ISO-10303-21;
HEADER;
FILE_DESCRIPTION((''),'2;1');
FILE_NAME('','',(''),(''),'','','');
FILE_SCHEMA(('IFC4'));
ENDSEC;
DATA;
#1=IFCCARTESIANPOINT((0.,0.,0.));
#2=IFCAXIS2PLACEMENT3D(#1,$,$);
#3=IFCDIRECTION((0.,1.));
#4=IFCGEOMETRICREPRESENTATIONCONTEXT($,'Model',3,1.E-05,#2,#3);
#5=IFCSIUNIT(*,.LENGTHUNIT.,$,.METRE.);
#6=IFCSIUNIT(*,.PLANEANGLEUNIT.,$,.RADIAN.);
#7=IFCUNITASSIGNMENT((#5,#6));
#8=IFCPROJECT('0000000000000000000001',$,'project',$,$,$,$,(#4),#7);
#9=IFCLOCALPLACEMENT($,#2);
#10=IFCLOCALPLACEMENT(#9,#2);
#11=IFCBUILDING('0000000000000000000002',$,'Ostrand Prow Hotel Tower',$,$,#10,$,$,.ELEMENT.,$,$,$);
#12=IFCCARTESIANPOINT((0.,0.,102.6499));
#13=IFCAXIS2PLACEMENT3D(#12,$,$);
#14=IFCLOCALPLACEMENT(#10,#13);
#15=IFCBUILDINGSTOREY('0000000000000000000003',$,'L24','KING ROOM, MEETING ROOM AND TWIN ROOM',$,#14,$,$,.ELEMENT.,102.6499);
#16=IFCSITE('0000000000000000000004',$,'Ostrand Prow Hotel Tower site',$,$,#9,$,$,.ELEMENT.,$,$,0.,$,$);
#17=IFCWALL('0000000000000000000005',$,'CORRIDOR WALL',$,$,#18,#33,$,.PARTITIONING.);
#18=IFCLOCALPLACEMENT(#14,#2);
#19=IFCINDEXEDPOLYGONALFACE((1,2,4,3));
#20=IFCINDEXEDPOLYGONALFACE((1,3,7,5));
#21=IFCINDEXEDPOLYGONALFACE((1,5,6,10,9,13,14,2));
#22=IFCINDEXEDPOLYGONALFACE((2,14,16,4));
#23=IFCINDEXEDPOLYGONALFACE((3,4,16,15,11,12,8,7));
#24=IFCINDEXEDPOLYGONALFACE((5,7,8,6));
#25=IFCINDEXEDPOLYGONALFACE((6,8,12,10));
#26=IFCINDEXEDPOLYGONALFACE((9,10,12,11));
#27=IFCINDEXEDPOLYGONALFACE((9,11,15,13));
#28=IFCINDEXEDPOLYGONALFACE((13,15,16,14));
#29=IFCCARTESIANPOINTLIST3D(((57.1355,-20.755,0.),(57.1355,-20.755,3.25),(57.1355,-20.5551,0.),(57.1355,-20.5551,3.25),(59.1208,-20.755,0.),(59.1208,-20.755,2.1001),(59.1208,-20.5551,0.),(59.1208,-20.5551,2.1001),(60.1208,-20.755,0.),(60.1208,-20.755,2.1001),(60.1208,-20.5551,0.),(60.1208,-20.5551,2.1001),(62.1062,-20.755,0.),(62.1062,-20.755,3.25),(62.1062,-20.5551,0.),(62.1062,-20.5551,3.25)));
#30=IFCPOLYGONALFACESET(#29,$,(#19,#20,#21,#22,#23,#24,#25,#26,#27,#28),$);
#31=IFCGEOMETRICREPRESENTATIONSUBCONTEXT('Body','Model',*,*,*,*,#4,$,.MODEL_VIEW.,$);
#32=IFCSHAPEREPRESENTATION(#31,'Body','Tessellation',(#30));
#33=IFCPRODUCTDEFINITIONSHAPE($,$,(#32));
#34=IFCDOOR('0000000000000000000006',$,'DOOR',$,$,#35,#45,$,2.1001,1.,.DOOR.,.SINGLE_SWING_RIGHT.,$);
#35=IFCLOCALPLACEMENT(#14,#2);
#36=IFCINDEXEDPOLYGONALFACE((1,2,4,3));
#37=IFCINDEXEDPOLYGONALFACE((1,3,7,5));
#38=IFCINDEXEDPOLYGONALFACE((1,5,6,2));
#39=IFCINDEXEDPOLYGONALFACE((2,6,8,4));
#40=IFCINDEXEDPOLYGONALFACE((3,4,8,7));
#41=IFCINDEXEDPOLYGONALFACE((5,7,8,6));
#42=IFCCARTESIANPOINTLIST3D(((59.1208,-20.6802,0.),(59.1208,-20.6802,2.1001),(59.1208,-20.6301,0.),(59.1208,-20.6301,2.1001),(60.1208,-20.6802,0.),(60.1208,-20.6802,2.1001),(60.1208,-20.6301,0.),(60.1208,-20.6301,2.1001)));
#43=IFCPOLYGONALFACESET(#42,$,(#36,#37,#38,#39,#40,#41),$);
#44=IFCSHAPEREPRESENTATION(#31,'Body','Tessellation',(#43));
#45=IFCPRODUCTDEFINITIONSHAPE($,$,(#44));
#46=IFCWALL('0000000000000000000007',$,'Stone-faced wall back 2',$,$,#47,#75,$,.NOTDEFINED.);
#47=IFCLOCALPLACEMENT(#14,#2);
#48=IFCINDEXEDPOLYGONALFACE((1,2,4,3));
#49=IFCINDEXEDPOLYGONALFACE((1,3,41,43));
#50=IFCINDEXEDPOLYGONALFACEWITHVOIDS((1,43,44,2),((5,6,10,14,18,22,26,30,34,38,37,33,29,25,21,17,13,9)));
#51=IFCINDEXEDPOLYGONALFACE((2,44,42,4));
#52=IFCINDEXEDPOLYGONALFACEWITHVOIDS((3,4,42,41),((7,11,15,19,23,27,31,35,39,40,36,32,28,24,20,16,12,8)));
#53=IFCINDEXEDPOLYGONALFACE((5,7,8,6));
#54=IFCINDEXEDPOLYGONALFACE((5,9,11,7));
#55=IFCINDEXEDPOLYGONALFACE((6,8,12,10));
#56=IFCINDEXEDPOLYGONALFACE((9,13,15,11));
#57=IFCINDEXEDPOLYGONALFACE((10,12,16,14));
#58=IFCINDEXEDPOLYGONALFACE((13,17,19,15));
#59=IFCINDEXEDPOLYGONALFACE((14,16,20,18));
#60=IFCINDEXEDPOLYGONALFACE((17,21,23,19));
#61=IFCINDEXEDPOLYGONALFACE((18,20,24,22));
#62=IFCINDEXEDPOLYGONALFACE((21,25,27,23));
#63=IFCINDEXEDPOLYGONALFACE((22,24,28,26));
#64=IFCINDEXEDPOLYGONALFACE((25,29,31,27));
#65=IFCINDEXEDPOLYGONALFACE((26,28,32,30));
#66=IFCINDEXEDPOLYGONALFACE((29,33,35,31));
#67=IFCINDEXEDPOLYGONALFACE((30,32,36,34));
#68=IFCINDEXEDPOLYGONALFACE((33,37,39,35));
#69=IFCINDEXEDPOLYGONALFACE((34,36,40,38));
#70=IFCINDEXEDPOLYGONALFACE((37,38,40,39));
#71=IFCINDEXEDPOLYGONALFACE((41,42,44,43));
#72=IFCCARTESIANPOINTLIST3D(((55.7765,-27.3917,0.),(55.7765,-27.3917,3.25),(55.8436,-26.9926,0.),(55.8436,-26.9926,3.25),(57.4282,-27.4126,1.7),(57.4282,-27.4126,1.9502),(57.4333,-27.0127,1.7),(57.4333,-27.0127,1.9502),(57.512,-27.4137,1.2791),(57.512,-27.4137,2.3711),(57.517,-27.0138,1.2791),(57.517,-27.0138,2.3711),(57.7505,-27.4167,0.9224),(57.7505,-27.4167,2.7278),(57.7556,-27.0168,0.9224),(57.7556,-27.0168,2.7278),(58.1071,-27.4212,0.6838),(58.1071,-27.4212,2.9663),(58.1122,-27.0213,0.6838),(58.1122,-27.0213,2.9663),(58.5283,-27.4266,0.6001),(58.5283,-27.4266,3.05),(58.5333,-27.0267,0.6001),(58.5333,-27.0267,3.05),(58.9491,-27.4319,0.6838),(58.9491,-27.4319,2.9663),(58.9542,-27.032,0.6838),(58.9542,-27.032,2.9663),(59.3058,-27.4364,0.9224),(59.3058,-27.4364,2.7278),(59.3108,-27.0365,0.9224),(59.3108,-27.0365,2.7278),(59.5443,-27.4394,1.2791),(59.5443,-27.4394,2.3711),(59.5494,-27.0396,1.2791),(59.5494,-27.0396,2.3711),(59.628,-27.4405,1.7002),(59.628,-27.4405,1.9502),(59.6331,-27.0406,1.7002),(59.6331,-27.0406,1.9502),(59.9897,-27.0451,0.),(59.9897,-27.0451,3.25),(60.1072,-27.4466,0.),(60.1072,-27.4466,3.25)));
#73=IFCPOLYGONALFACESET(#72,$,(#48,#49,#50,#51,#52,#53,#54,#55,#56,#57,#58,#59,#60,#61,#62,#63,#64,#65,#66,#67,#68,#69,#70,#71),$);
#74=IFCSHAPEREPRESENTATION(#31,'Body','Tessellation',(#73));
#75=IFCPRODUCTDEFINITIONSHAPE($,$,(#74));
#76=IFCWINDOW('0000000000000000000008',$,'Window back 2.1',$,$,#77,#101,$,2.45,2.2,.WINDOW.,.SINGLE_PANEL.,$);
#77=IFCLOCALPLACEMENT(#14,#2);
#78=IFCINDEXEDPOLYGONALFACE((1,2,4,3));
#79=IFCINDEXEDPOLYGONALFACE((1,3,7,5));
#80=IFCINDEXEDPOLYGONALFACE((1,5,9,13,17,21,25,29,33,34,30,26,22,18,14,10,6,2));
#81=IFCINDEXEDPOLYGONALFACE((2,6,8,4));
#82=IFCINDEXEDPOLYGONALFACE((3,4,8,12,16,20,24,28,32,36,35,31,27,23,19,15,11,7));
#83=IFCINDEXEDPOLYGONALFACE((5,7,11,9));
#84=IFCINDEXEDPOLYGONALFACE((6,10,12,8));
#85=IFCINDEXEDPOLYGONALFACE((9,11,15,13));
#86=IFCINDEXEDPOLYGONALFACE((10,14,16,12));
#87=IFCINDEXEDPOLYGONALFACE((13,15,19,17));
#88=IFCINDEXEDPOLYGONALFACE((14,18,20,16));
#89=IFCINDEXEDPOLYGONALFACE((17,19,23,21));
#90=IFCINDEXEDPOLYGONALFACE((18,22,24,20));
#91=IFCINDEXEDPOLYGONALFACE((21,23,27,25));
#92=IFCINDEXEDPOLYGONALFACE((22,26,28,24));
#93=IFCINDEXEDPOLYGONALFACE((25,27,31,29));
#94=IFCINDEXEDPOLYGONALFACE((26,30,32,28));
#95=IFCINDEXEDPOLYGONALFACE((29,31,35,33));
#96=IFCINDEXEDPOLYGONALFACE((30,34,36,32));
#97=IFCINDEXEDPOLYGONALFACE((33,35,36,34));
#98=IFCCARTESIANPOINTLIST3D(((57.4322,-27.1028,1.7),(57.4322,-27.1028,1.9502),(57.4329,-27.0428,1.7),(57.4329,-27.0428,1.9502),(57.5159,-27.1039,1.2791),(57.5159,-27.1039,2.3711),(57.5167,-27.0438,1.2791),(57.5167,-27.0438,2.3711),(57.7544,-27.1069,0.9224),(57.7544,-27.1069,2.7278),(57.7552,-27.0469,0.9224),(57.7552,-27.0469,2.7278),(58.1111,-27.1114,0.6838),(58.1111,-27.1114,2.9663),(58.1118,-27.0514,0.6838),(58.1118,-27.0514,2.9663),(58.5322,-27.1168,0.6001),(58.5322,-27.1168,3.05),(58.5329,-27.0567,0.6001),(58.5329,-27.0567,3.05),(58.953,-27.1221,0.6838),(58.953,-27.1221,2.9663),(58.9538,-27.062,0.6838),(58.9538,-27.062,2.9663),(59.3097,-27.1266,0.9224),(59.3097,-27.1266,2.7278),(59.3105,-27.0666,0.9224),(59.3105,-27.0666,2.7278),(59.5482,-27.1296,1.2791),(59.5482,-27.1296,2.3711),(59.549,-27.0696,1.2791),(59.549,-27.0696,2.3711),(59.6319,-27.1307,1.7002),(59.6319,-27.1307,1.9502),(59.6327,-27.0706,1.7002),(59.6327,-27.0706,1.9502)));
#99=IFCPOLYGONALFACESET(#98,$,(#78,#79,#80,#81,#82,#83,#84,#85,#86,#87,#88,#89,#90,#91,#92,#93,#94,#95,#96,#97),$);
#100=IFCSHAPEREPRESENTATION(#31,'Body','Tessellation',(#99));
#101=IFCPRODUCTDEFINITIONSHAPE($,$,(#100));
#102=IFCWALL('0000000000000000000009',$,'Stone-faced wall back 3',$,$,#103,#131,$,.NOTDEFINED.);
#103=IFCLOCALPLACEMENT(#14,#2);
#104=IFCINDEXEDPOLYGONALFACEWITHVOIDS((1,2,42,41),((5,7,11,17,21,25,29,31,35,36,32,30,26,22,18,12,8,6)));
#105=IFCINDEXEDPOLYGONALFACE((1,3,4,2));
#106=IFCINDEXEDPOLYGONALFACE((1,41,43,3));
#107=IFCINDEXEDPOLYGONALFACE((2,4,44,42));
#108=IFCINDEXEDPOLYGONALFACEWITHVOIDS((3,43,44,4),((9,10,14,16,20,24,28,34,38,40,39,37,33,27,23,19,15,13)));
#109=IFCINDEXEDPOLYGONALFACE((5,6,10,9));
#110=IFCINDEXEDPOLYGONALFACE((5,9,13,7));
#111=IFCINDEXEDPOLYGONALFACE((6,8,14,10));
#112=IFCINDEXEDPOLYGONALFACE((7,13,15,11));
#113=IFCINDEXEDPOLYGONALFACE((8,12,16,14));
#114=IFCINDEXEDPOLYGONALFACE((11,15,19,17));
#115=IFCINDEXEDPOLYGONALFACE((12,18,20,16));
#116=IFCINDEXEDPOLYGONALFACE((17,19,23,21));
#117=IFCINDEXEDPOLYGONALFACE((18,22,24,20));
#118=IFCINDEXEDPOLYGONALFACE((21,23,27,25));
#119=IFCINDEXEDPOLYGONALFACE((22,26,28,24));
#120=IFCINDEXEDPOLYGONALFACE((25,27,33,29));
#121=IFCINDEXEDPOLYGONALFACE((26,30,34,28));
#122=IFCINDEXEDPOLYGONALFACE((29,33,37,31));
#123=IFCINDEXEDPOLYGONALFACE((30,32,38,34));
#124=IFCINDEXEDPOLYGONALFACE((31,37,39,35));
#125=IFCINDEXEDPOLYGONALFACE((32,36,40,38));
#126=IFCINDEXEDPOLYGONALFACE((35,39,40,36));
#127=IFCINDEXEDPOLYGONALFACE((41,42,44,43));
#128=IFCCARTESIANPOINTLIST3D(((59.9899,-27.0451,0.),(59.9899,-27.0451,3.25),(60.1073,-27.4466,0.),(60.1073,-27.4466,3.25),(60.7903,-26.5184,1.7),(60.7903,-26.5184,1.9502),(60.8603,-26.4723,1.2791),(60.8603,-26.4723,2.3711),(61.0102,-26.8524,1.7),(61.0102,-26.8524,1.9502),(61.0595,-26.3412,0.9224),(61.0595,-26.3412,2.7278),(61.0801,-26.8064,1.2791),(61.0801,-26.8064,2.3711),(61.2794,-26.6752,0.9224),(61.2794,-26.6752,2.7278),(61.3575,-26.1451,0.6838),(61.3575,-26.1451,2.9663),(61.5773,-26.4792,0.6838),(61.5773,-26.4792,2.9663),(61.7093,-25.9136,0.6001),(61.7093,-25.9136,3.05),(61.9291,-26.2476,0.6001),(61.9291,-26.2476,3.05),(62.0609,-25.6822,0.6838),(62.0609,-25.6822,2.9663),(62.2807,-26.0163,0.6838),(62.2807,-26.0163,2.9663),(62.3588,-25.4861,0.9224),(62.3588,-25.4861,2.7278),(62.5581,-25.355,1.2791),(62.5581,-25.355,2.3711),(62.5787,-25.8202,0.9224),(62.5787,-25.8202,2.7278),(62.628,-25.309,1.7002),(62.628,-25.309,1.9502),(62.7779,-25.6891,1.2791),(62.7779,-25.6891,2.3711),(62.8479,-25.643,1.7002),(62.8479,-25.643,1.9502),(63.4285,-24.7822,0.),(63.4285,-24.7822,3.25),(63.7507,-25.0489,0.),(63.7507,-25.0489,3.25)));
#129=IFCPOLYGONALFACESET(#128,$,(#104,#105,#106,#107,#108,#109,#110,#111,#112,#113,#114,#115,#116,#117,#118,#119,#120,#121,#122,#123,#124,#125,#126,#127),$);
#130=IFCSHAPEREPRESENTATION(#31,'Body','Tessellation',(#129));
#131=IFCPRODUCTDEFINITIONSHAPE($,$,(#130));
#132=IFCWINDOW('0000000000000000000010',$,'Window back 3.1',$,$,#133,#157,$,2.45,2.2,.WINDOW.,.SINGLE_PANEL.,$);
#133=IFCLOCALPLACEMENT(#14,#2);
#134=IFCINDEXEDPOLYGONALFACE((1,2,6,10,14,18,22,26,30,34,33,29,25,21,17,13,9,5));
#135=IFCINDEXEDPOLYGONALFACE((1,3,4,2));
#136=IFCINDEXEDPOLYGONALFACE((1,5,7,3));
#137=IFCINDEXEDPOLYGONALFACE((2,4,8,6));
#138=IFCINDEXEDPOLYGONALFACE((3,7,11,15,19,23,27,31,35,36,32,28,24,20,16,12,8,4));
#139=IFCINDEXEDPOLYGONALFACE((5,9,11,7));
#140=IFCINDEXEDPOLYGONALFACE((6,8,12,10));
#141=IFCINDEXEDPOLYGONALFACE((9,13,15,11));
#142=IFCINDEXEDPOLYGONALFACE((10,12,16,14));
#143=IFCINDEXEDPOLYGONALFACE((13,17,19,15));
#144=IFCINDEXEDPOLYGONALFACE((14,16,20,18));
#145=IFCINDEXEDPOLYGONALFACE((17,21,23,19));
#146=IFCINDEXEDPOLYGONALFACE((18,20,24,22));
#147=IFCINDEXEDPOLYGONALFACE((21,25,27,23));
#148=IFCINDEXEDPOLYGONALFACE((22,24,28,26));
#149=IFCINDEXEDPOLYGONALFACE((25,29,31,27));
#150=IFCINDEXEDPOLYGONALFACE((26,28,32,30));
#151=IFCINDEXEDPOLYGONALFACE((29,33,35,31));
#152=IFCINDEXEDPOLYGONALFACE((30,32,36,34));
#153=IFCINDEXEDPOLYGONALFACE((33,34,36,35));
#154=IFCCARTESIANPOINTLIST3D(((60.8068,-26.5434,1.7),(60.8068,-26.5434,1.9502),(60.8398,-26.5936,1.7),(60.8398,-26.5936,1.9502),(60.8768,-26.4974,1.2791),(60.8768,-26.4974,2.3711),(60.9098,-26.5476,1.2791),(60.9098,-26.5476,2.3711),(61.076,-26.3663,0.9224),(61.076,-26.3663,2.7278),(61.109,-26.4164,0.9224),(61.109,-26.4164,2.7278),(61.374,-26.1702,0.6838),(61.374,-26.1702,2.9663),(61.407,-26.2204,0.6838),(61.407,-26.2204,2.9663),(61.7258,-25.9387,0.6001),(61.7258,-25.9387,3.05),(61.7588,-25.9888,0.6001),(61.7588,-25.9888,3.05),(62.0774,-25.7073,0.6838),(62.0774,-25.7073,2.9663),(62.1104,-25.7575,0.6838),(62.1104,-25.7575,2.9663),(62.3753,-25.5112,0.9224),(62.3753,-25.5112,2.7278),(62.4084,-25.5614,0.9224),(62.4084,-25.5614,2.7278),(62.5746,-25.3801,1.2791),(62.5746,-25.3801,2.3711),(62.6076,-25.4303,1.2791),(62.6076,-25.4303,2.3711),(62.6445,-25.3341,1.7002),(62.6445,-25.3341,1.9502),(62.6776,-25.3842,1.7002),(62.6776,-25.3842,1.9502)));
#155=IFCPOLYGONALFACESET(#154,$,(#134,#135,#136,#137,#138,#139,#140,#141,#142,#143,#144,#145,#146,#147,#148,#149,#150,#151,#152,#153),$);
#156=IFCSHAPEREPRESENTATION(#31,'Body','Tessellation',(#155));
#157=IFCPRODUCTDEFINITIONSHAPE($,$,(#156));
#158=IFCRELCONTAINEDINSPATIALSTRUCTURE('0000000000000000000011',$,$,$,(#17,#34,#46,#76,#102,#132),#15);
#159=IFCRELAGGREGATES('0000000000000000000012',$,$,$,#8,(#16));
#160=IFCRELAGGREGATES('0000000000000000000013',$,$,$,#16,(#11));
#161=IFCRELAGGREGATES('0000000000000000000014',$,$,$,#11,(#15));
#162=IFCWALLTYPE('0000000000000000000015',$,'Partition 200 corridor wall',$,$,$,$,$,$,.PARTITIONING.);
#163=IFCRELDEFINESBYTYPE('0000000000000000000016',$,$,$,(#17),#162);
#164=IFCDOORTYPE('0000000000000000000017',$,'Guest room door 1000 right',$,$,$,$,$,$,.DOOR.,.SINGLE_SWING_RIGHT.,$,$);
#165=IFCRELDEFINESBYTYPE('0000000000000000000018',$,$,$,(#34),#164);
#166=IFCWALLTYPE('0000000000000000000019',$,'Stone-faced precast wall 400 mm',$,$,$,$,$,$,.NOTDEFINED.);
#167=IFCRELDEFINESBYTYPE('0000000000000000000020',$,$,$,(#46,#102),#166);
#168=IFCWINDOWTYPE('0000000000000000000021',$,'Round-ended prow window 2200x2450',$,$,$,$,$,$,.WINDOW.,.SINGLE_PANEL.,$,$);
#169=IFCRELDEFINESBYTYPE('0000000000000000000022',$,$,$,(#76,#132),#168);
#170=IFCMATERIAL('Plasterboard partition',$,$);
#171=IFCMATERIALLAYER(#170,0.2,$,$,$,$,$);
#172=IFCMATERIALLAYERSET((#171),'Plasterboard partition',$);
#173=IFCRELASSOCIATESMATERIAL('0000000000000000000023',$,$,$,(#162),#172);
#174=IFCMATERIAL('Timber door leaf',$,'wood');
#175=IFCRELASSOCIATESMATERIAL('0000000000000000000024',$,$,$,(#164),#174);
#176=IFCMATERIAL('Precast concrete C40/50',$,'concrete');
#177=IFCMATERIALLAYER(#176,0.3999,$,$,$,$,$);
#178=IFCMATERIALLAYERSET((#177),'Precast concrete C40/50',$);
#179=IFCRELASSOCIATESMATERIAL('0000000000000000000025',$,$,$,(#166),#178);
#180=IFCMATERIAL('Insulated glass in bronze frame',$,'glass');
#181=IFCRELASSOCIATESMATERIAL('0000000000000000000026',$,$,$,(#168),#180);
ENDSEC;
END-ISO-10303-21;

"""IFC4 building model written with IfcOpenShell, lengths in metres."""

from ifc_helpers import new_model, si_unit, direction, frame, frame_2d, origin, place, context, subcontext, project, spatial, polyline, rectangle, outline, extrude, material, layer, layer_set, type_object, element, fill, save


model = new_model("IFC4")

# Units and contexts
model_context = context("Model", 3, precision=1e-05, world=origin(), true_north=direction((0.0, 1.0)))
body_context = subcontext(model_context, "Body", "Model", "MODEL_VIEW")
ifc_project = project(units=[si_unit("LENGTHUNIT", "METRE"), si_unit("PLANEANGLEUNIT", "RADIAN")], contexts=[model_context])

# Site, building, storey
site_placement = place(None, origin())
site = spatial("IfcSite", under=ifc_project, at=site_placement, Name="Ostrand Prow Hotel Tower site", CompositionType="ELEMENT", RefElevation=0.0)
building_placement = place(site_placement, origin())
building = spatial("IfcBuilding", under=site, at=building_placement, Name="Ostrand Prow Hotel Tower", CompositionType="ELEMENT")
storey_placement = place(building_placement, frame((0.0, 0.0, 102.6499)))
storey = spatial("IfcBuildingStorey", under=building, at=storey_placement, Name="L24", Description="KING ROOM, MEETING ROOM AND TWIN ROOM", CompositionType="ELEMENT", Elevation=102.6499)

# Wall, opening, door
ifc_material_1 = material(Name="Plasterboard partition")
ifc_layer_1 = layer(ifc_material_1, 0.2)
ifc_layer_set_1 = layer_set([ifc_layer_1], Name="Plasterboard partition")
wall_type_1 = type_object("IfcWallType", Name="Partition 200 corridor wall", PredefinedType="PARTITIONING", material=ifc_layer_set_1)
wall_1_placement = place(storey_placement, frame((57.1355, -20.655, 0.0), z_axis=(0.0, 0.0, 1.0), x_axis=(1.0, 0.0, 0.0)))
wall_1 = element("IfcWall", 1, at=wall_1_placement, inside=storey, type_object=wall_type_1, Name="CORRIDOR WALL", PredefinedType="PARTITIONING", context=body_context, shape_type="SweptSolid", body=[
    extrude(rectangle(XDim=4.9707, YDim=0.2, at=frame_2d((2.4854, 0.0))), origin(), (0.0, 0.0, 1.0), 3.25),
])
opening_1_placement = place(wall_1_placement, frame((1.9854, 0.0, 0.0)))
opening_1 = element("IfcOpeningElement", 2, at=opening_1_placement, cuts=wall_1, PredefinedType="OPENING", context=body_context, shape_type="SweptSolid", body=[
    extrude(rectangle(XDim=1.0, YDim=2.1001, at=frame_2d((0.5, 1.05))), frame((0.0, 0.1099, 0.0), z_axis=(0.0, -1.0, 0.0), x_axis=(1.0, 0.0, 0.0)), (0.0, 0.0, 1.0), 0.22),
])
ifc_material_2 = material(Name="Timber door leaf", Category="wood")
door_type_1 = type_object("IfcDoorType", Name="Guest room door 1000 right", OperationType="SINGLE_SWING_RIGHT", PredefinedType="DOOR", material=ifc_material_2)
door_1_placement = place(opening_1_placement, origin())
door_1 = element("IfcDoor", 3, at=door_1_placement, inside=storey, type_object=door_type_1, Name="DOOR", OperationType="SINGLE_SWING_RIGHT", OverallHeight=2.1001, OverallWidth=1.0, PredefinedType="DOOR", context=body_context, shape_type="SweptSolid", body=[
    extrude(rectangle(XDim=1.0, YDim=2.1001, at=frame_2d((0.5, 1.05))), frame((0.0, 0.0249, 0.0), z_axis=(0.0, -1.0, 0.0), x_axis=(1.0, 0.0, 0.0)), (0.0, 0.0, 1.0), 0.05),
])
fill(opening_1, door_1)

# Walls, openings, windows
ifc_material_3 = material(Name="Precast concrete C40/50", Category="concrete")
ifc_layer_2 = layer(ifc_material_3, 0.3999)
ifc_layer_set_2 = layer_set([ifc_layer_2], Name="Precast concrete C40/50")
wall_type_2 = type_object("IfcWallType", Name="Stone-faced precast wall 400 mm", PredefinedType="NOTDEFINED", material=ifc_layer_set_2)
wall_2_placement = place(storey_placement, frame((55.8101, -27.1921, 0.0), z_axis=(0.0, 0.0, 1.0), x_axis=(0.99992, -0.012671, 0.0)))
wall_2 = element("IfcWall", 4, at=wall_2_placement, inside=storey, type_object=wall_type_2, Name="Stone-faced wall back 2", PredefinedType="NOTDEFINED", context=body_context, shape_type="SweptSolid", body=[
    extrude(outline(polyline([(-0.031, -0.2), (4.3, -0.2), (4.1775, 0.2), (0.031, 0.2), (-0.031, -0.2)])), origin(), (0.0, 0.0, 1.0), 3.25),
])
opening_2_placement = place(wall_2_placement, frame((1.6208, 0.0, 0.6001)))
opening_2 = element("IfcOpeningElement", 5, at=opening_2_placement, cuts=wall_2, PredefinedType="OPENING", context=body_context, shape_type="SweptSolid", body=[
    extrude(outline(polyline([(0.0, 1.3501), (0.0837, 1.771), (0.3223, 2.1277), (0.679, 2.3662), (1.1001, 2.45), (1.521, 2.3662), (1.8777, 2.1277), (2.1162, 1.771), (2.2, 1.3501), (2.2, 1.1001), (2.1162, 0.679), (1.8777, 0.3223), (1.521, 0.0837), (1.1001, 0.0), (0.679, 0.0837), (0.3223, 0.3223), (0.0837, 0.679), (0.0, 1.0999), (0.0, 1.3501)])), frame((0.0, 0.21, 0.0), z_axis=(0.0, -1.0, 0.0), x_axis=(1.0, 0.0, 0.0)), (0.0, 0.0, 1.0), 0.4199),
])
ifc_material_4 = material(Name="Insulated glass in bronze frame", Category="glass")
window_type_1 = type_object("IfcWindowType", Name="Round-ended prow window 2200x2450", PartitioningType="SINGLE_PANEL", PredefinedType="WINDOW", material=ifc_material_4)
window_1_placement = place(opening_2_placement, origin())
window_1 = element("IfcWindow", 6, at=window_1_placement, inside=storey, type_object=window_type_1, Name="Window back 2.1", OverallHeight=2.45, OverallWidth=2.2, PartitioningType="SINGLE_PANEL", PredefinedType="WINDOW", context=body_context, shape_type="SweptSolid", body=[
    extrude(outline(polyline([(0.0, 1.3501), (0.0837, 1.771), (0.3223, 2.1277), (0.679, 2.3662), (1.1001, 2.45), (1.521, 2.3662), (1.8777, 2.1277), (2.1162, 1.771), (2.2, 1.3501), (2.2, 1.1001), (2.1162, 0.679), (1.8777, 0.3223), (1.521, 0.0837), (1.1001, 0.0), (0.679, 0.0837), (0.3223, 0.3223), (0.0837, 0.679), (0.0, 1.0999), (0.0, 1.3501)])), frame((0.0, 0.1699, 0.0), z_axis=(0.0, -1.0, 0.0), x_axis=(1.0, 0.0, 0.0)), (0.0, 0.0, 1.0), 0.0601),
])
fill(opening_2, window_1)
wall_3_placement = place(storey_placement, frame((60.0486, -27.2458, 0.0), z_axis=(0.0, 0.0, 1.0), x_axis=(0.835341, 0.549733, 0.0)))
wall_3 = element("IfcWall", 7, at=wall_3_placement, inside=storey, type_object=wall_type_2, Name="Stone-faced wall back 3", PredefinedType="NOTDEFINED", context=body_context, shape_type="SweptSolid", body=[
    extrude(outline(polyline([(-0.0613, -0.2), (4.3003, -0.2), (4.1777, 0.2), (0.0613, 0.2), (-0.0613, -0.2)])), origin(), (0.0, 0.0, 1.0), 3.25),
])
opening_3_placement = place(wall_3_placement, frame((1.0195, 0.0, 0.6001)))
opening_3 = element("IfcOpeningElement", 8, at=opening_3_placement, cuts=wall_3, PredefinedType="OPENING", context=body_context, shape_type="SweptSolid", body=[
    extrude(outline(polyline([(0.0, 1.3501), (0.0837, 1.771), (0.3223, 2.1277), (0.679, 2.3662), (1.1001, 2.45), (1.521, 2.3662), (1.8777, 2.1277), (2.1162, 1.771), (2.2, 1.3501), (2.2, 1.1001), (2.1162, 0.679), (1.8777, 0.3223), (1.521, 0.0837), (1.1001, 0.0), (0.679, 0.0837), (0.3223, 0.3223), (0.0837, 0.679), (0.0, 1.0999), (0.0, 1.3501)])), frame((0.0, 0.21, 0.0), z_axis=(0.0, -1.0, 0.0), x_axis=(1.0, 0.0, 0.0)), (0.0, 0.0, 1.0), 0.4199),
])
window_2_placement = place(opening_3_placement, origin())
window_2 = element("IfcWindow", 9, at=window_2_placement, inside=storey, type_object=window_type_1, Name="Window back 3.1", OverallHeight=2.45, OverallWidth=2.2, PartitioningType="SINGLE_PANEL", PredefinedType="WINDOW", context=body_context, shape_type="SweptSolid", body=[
    extrude(outline(polyline([(0.0, 1.3501), (0.0837, 1.771), (0.3223, 2.1277), (0.679, 2.3662), (1.1001, 2.45), (1.521, 2.3662), (1.8777, 2.1277), (2.1162, 1.771), (2.2, 1.3501), (2.2, 1.1001), (2.1162, 0.679), (1.8777, 0.3223), (1.521, 0.0837), (1.1001, 0.0), (0.679, 0.0837), (0.3223, 0.3223), (0.0837, 0.679), (0.0, 1.0999), (0.0, 1.3501)])), frame((0.0, 0.1699, 0.0), z_axis=(0.0, -1.0, 0.0), x_axis=(1.0, 0.0, 0.0)), (0.0, 0.0, 1.0), 0.0601),
])
fill(opening_3, window_2)

save(model, "model.ifc")
